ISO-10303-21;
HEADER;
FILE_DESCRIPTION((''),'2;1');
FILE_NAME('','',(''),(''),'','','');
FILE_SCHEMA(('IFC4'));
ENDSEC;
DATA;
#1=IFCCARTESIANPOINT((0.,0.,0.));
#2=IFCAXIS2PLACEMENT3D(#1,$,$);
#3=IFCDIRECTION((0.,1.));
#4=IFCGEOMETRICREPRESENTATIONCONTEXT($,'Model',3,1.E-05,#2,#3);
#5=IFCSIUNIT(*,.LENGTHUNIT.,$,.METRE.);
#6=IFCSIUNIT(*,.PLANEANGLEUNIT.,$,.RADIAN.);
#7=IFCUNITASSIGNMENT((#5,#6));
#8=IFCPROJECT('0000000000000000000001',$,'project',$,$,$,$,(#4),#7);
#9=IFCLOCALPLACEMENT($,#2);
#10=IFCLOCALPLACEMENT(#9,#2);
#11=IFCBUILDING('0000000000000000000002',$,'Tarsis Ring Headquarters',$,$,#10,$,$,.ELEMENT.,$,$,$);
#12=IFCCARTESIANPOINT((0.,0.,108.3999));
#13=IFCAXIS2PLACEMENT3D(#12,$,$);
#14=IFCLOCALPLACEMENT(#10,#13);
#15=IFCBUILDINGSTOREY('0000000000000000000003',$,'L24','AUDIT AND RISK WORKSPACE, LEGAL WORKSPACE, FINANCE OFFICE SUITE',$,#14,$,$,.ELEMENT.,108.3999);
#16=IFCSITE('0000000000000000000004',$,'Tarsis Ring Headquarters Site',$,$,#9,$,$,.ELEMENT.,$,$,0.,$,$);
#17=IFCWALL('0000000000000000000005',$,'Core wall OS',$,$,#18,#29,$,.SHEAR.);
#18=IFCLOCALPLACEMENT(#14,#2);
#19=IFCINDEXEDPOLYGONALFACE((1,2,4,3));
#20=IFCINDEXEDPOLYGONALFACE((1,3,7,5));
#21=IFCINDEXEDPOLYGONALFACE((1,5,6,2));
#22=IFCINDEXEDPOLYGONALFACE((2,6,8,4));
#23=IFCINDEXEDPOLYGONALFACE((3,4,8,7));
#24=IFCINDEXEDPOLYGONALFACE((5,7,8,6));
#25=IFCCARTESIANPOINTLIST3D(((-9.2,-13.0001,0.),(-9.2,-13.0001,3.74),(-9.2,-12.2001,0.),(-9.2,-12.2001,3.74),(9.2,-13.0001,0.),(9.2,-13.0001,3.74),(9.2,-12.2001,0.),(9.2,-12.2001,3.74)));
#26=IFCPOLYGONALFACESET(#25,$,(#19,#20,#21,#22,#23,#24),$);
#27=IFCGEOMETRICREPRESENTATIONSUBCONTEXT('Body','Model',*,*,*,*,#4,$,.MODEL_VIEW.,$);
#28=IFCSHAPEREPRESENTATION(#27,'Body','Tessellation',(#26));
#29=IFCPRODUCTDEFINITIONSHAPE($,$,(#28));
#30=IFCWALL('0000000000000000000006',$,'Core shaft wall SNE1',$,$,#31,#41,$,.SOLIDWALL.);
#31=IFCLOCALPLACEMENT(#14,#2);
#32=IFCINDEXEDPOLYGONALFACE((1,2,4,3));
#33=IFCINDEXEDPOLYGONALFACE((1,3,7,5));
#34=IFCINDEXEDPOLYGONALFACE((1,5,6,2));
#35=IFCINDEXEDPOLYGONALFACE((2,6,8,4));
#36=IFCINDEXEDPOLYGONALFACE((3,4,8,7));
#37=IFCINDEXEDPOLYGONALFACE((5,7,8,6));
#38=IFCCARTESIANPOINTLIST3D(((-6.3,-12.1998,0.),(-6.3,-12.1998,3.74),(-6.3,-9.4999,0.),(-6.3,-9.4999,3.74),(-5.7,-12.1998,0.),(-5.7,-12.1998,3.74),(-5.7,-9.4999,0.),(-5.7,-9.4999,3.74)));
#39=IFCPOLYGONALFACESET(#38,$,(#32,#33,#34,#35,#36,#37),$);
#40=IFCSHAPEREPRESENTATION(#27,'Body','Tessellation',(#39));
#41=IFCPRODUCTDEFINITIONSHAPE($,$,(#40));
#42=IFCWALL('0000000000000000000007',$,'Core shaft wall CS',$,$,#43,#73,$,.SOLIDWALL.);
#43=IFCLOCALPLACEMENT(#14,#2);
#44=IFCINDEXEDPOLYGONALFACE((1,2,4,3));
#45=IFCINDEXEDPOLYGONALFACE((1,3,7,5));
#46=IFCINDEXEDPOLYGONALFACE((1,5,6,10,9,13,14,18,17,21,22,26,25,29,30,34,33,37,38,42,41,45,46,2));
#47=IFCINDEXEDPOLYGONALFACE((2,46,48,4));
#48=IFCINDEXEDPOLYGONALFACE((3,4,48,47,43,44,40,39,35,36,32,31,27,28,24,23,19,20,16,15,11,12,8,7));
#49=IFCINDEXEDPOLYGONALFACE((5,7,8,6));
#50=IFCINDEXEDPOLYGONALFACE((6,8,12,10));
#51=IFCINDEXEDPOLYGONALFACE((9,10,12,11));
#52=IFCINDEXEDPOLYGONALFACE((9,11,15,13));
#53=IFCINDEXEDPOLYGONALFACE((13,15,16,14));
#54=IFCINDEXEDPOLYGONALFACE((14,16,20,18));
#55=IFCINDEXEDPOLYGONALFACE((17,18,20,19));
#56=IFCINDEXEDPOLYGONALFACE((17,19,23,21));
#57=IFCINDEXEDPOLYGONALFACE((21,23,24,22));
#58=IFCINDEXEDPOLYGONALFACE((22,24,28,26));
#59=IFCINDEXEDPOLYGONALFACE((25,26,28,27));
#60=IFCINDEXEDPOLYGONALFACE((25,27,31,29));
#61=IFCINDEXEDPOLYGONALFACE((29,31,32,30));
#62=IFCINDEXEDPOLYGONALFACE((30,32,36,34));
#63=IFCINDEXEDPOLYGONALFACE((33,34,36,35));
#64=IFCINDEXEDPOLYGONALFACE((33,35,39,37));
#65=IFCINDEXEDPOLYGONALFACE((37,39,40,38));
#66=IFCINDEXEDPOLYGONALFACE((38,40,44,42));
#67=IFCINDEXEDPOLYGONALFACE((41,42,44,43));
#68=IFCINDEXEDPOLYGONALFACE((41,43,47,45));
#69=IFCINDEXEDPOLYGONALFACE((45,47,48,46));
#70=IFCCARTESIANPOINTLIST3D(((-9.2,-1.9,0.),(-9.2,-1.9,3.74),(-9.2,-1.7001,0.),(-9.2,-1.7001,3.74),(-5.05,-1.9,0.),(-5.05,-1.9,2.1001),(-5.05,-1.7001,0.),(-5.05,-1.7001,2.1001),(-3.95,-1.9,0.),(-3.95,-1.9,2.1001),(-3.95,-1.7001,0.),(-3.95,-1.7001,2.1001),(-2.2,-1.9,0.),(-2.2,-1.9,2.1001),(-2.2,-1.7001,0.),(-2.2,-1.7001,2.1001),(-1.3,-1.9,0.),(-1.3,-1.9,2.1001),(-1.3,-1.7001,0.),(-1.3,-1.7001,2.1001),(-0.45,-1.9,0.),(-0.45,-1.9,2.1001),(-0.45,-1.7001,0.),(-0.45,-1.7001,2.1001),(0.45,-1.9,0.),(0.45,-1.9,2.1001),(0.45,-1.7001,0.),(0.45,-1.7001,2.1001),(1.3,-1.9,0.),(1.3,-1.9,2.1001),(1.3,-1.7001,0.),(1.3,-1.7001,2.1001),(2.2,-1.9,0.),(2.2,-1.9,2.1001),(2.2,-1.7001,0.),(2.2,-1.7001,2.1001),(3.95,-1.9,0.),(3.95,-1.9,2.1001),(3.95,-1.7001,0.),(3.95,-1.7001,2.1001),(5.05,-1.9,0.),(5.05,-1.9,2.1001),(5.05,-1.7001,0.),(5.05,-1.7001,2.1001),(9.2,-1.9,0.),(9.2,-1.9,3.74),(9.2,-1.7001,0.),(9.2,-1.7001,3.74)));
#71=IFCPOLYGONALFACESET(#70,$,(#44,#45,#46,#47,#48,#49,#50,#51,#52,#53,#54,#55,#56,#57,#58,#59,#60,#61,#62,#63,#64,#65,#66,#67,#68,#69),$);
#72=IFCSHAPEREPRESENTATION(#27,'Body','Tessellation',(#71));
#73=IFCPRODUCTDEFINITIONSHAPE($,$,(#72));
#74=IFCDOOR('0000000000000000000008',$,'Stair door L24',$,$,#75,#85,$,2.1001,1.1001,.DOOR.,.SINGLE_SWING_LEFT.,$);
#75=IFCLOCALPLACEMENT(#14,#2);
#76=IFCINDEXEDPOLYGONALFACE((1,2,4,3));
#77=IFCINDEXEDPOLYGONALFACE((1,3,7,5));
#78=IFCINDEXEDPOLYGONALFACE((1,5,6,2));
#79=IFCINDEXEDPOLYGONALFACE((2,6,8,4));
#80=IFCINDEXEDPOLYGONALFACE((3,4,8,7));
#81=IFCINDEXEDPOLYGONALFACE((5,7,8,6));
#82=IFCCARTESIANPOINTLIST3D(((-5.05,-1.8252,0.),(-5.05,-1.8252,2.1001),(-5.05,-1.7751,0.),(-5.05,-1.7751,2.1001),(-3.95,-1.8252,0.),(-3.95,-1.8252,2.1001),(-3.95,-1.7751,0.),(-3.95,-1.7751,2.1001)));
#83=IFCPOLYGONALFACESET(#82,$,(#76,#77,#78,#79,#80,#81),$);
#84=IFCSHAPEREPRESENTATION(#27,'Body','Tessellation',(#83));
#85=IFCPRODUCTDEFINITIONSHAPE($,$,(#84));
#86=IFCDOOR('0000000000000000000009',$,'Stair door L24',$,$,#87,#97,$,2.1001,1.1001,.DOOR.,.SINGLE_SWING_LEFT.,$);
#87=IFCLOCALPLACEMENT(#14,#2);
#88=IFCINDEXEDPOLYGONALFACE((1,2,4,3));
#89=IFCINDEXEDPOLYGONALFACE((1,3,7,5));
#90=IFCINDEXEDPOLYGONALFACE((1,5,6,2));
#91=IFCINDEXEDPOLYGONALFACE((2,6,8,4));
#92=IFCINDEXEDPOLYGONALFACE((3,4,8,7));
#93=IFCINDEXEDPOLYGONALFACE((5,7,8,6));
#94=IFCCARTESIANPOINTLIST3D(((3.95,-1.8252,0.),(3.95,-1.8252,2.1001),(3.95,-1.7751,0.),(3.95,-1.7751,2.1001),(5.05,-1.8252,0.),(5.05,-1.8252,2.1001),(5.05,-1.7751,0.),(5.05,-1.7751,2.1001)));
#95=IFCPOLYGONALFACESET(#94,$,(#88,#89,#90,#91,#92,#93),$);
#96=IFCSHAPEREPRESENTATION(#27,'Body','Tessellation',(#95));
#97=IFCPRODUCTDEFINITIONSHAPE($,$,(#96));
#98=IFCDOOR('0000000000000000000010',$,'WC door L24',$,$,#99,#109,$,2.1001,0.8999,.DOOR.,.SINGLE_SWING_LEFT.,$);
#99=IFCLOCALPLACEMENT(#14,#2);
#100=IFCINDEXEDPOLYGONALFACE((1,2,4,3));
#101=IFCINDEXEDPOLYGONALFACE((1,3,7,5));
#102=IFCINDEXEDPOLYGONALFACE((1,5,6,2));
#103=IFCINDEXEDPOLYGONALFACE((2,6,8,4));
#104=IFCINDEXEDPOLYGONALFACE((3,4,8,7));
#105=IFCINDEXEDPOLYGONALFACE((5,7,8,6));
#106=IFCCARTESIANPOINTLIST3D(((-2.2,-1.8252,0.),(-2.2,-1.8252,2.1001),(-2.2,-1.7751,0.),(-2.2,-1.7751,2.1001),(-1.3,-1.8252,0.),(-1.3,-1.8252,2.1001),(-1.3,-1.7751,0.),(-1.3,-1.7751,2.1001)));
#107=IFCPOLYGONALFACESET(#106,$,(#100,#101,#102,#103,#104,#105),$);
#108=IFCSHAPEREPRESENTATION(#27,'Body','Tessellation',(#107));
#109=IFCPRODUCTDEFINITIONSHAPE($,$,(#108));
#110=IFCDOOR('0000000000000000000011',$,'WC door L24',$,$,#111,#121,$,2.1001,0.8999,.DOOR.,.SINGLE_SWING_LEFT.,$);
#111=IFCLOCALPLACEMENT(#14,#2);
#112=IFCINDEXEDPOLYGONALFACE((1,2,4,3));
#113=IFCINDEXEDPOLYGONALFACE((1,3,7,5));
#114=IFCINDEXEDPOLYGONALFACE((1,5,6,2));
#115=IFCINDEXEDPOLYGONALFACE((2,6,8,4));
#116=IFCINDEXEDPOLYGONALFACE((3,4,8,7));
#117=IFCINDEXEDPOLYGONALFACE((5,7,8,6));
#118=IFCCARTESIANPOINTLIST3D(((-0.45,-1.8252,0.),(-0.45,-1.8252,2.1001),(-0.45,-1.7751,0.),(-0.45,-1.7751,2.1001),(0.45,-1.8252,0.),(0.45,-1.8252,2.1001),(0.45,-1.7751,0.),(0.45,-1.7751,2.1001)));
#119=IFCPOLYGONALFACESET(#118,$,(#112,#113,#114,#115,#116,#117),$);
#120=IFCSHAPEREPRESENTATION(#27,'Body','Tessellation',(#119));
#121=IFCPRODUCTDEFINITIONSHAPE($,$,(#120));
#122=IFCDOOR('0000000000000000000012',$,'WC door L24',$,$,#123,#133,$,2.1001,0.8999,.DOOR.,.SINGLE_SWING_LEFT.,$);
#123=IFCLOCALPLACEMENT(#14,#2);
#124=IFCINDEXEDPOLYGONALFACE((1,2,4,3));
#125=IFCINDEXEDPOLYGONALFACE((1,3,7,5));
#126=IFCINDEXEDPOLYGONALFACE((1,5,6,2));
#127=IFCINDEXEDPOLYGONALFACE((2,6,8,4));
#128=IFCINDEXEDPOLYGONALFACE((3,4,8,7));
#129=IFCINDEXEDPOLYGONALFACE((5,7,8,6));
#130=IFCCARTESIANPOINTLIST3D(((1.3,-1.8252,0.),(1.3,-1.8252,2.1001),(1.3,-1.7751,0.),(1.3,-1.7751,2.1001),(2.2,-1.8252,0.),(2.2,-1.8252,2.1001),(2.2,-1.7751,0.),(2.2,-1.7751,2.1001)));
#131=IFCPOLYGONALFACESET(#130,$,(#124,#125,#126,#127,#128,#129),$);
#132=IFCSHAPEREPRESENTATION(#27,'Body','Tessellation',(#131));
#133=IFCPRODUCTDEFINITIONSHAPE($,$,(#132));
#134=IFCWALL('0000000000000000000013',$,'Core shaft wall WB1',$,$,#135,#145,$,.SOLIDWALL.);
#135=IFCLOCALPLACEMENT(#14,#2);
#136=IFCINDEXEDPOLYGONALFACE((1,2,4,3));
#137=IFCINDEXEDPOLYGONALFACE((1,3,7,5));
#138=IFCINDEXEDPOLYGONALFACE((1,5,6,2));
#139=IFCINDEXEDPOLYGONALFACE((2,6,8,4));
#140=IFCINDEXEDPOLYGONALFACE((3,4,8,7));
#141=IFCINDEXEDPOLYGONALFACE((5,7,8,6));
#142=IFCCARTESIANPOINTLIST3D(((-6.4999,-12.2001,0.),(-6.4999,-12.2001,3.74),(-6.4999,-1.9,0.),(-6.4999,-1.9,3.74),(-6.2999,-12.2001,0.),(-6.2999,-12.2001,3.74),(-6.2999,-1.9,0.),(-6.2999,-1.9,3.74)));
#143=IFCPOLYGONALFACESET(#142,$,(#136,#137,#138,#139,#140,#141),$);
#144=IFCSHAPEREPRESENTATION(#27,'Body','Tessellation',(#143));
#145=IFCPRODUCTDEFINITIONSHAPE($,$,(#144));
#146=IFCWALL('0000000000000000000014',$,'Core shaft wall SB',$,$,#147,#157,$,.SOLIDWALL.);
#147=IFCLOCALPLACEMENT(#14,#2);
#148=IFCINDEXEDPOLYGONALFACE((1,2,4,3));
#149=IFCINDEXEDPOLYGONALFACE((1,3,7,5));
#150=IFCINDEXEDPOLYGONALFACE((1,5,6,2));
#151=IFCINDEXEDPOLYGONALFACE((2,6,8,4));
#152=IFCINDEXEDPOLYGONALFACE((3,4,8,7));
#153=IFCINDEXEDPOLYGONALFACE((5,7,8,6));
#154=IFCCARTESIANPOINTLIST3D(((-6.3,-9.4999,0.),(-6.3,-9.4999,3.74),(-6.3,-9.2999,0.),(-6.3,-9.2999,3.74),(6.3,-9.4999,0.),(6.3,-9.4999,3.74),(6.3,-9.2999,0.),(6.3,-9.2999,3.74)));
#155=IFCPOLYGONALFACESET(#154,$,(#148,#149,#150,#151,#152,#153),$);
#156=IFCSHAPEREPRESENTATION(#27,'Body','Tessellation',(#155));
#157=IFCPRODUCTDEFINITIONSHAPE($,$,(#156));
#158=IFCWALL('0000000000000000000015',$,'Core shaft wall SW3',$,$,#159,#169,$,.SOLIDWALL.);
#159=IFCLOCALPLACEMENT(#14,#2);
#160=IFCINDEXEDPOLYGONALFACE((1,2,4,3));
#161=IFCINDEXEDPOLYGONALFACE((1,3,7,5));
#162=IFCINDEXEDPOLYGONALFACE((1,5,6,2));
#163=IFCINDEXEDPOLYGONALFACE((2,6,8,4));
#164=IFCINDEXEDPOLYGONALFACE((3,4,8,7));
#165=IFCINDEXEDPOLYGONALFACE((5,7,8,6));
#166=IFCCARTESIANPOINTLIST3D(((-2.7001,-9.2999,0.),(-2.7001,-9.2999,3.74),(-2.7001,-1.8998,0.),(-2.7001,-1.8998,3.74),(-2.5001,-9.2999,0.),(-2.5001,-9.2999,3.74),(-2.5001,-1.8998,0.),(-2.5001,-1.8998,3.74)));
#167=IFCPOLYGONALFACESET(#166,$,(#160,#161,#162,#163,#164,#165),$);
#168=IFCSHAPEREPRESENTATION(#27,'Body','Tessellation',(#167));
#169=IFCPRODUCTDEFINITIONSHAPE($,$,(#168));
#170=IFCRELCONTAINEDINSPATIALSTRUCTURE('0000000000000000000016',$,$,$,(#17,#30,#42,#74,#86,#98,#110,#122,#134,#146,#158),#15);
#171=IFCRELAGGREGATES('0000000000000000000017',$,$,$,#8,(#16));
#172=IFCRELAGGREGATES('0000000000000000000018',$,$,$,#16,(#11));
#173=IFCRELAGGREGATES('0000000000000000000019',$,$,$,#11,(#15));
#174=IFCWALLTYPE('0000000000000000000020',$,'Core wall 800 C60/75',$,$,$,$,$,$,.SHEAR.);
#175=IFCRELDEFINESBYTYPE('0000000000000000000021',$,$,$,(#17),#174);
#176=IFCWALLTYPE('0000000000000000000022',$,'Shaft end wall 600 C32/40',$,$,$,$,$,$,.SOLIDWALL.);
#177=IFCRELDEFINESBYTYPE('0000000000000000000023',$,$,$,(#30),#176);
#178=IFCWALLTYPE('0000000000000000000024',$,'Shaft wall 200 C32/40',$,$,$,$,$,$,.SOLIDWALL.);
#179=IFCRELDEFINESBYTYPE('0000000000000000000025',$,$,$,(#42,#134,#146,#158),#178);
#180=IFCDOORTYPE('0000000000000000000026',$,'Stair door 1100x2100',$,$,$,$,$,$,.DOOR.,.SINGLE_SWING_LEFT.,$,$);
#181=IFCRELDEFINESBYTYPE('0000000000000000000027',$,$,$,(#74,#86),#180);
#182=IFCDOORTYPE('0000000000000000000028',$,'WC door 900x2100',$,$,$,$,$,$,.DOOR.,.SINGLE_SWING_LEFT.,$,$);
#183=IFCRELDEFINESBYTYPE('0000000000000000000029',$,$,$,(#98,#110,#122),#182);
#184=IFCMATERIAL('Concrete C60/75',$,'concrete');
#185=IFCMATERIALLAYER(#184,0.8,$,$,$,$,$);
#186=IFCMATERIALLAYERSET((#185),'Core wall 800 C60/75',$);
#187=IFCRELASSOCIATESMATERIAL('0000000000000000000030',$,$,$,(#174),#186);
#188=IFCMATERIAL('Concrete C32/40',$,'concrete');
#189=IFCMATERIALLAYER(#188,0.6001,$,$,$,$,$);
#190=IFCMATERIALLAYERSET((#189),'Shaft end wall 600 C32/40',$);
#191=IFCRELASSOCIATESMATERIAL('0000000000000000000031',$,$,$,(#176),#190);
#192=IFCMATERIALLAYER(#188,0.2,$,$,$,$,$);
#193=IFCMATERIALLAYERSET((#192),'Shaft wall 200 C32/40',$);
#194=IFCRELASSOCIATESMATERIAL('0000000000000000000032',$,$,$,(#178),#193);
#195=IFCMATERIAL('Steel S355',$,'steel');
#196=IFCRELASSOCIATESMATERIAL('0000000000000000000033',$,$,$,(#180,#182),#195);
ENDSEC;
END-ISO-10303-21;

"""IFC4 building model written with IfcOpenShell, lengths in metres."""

from ifc_helpers import new_model, si_unit, direction, frame, frame_2d, origin, place, context, subcontext, project, spatial, rectangle, extrude, material, layer, layer_set, type_object, element, fill, save


model = new_model("IFC4")

# Units and contexts
model_context = context("Model", 3, precision=1e-05, world=origin(), true_north=direction((0.0, 1.0)))
body_context = subcontext(model_context, "Body", "Model", "MODEL_VIEW")
ifc_project = project(units=[si_unit("LENGTHUNIT", "METRE"), si_unit("PLANEANGLEUNIT", "RADIAN")], contexts=[model_context])

# Site, building, storey
site_placement = place(None, origin())
site = spatial("IfcSite", under=ifc_project, at=site_placement, Name="Tarsis Ring Headquarters Site", CompositionType="ELEMENT", RefElevation=0.0)
building_placement = place(site_placement, origin())
building = spatial("IfcBuilding", under=site, at=building_placement, Name="Tarsis Ring Headquarters", CompositionType="ELEMENT")
storey_placement = place(building_placement, frame((0.0, 0.0, 108.3999)))
storey = spatial("IfcBuildingStorey", under=building, at=storey_placement, Name="L24", Description="AUDIT AND RISK WORKSPACE, LEGAL WORKSPACE, FINANCE OFFICE SUITE", CompositionType="ELEMENT", Elevation=108.3999)

# Walls
ifc_material_1 = material(Name="Concrete C60/75", Category="concrete")
ifc_layer_1 = layer(ifc_material_1, 0.8)
ifc_layer_set_1 = layer_set([ifc_layer_1], Name="Core wall 800 C60/75")
wall_type_1 = type_object("IfcWallType", Name="Core wall 800 C60/75", PredefinedType="SHEAR", material=ifc_layer_set_1)
wall_1_placement = place(storey_placement, frame((-9.2, -12.6001, 0.0), z_axis=(0.0, 0.0, 1.0), x_axis=(1.0, 0.0, 0.0)))
element("IfcWall", 1, at=wall_1_placement, inside=storey, type_object=wall_type_1, Name="Core wall OS", PredefinedType="SHEAR", context=body_context, shape_type="SweptSolid", body=[
    extrude(rectangle(XDim=18.3999, YDim=0.8, at=frame_2d((9.2, 0.0))), origin(), (0.0, 0.0, 1.0), 3.74),
])
ifc_material_2 = material(Name="Concrete C32/40", Category="concrete")
ifc_layer_2 = layer(ifc_material_2, 0.6001)
ifc_layer_set_2 = layer_set([ifc_layer_2], Name="Shaft end wall 600 C32/40")
wall_type_2 = type_object("IfcWallType", Name="Shaft end wall 600 C32/40", PredefinedType="SOLIDWALL", material=ifc_layer_set_2)
wall_2_placement = place(storey_placement, frame((-6.0, -12.2, 0.0), z_axis=(0.0, 0.0, 1.0), x_axis=(0.0, 1.0, 0.0)))
element("IfcWall", 2, at=wall_2_placement, inside=storey, type_object=wall_type_2, Name="Core shaft wall SNE1", PredefinedType="SOLIDWALL", context=body_context, shape_type="SweptSolid", body=[
    extrude(rectangle(XDim=2.7, YDim=0.6001, at=frame_2d((1.3501, 0.0))), origin(), (0.0, 0.0, 1.0), 3.74),
])

# Wall, openings, doors
ifc_layer_3 = layer(ifc_material_2, 0.2)
ifc_layer_set_3 = layer_set([ifc_layer_3], Name="Shaft wall 200 C32/40")
wall_type_3 = type_object("IfcWallType", Name="Shaft wall 200 C32/40", PredefinedType="SOLIDWALL", material=ifc_layer_set_3)
wall_3_placement = place(storey_placement, frame((-9.2, -1.8, 0.0), z_axis=(0.0, 0.0, 1.0), x_axis=(1.0, 0.0, 0.0)))
wall_3 = element("IfcWall", 3, at=wall_3_placement, inside=storey, type_object=wall_type_3, Name="Core shaft wall CS", PredefinedType="SOLIDWALL", context=body_context, shape_type="SweptSolid", body=[
    extrude(rectangle(XDim=18.3999, YDim=0.2, at=frame_2d((9.2, 0.0))), origin(), (0.0, 0.0, 1.0), 3.74),
])
opening_1_placement = place(wall_3_placement, frame((4.1499, 0.0, 0.0)))
opening_1 = element("IfcOpeningElement", 4, at=opening_1_placement, cuts=wall_3, PredefinedType="OPENING", context=body_context, shape_type="SweptSolid", body=[
    extrude(rectangle(XDim=1.1001, YDim=2.1001, at=frame_2d((0.55, 1.05))), frame((0.0, 0.1099, 0.0), z_axis=(0.0, -1.0, 0.0), x_axis=(1.0, 0.0, 0.0)), (0.0, 0.0, 1.0), 0.22),
])
opening_2_placement = place(wall_3_placement, frame((7.0, 0.0, 0.0)))
opening_2 = element("IfcOpeningElement", 5, at=opening_2_placement, cuts=wall_3, PredefinedType="OPENING", context=body_context, shape_type="SweptSolid", body=[
    extrude(rectangle(XDim=0.8999, YDim=2.1001, at=frame_2d((0.45, 1.05))), frame((0.0, 0.1099, 0.0), z_axis=(0.0, -1.0, 0.0), x_axis=(1.0, 0.0, 0.0)), (0.0, 0.0, 1.0), 0.22),
])
opening_3_placement = place(wall_3_placement, frame((8.75, 0.0, 0.0)))
opening_3 = element("IfcOpeningElement", 6, at=opening_3_placement, cuts=wall_3, PredefinedType="OPENING", context=body_context, shape_type="SweptSolid", body=[
    extrude(rectangle(XDim=0.8999, YDim=2.1001, at=frame_2d((0.45, 1.05))), frame((0.0, 0.1099, 0.0), z_axis=(0.0, -1.0, 0.0), x_axis=(1.0, 0.0, 0.0)), (0.0, 0.0, 1.0), 0.22),
])
opening_4_placement = place(wall_3_placement, frame((10.5, 0.0, 0.0)))
opening_4 = element("IfcOpeningElement", 7, at=opening_4_placement, cuts=wall_3, PredefinedType="OPENING", context=body_context, shape_type="SweptSolid", body=[
    extrude(rectangle(XDim=0.8999, YDim=2.1001, at=frame_2d((0.45, 1.05))), frame((0.0, 0.1099, 0.0), z_axis=(0.0, -1.0, 0.0), x_axis=(1.0, 0.0, 0.0)), (0.0, 0.0, 1.0), 0.22),
])
opening_5_placement = place(wall_3_placement, frame((13.1499, 0.0, 0.0)))
opening_5 = element("IfcOpeningElement", 8, at=opening_5_placement, cuts=wall_3, PredefinedType="OPENING", context=body_context, shape_type="SweptSolid", body=[
    extrude(rectangle(XDim=1.1001, YDim=2.1001, at=frame_2d((0.55, 1.05))), frame((0.0, 0.1099, 0.0), z_axis=(0.0, -1.0, 0.0), x_axis=(1.0, 0.0, 0.0)), (0.0, 0.0, 1.0), 0.22),
])
ifc_material_3 = material(Name="Steel S355", Category="steel")
door_type_1 = type_object("IfcDoorType", Name="Stair door 1100x2100", OperationType="SINGLE_SWING_LEFT", PredefinedType="DOOR", material=ifc_material_3)
door_1_placement = place(opening_1_placement, origin())
door_1 = element("IfcDoor", 9, at=door_1_placement, inside=storey, type_object=door_type_1, Name="Stair door L24", OperationType="SINGLE_SWING_LEFT", OverallHeight=2.1001, OverallWidth=1.1001, PredefinedType="DOOR", context=body_context, shape_type="SweptSolid", body=[
    extrude(rectangle(XDim=1.1001, YDim=2.1001, at=frame_2d((0.55, 1.05))), frame((0.0, 0.0249, 0.0), z_axis=(0.0, -1.0, 0.0), x_axis=(1.0, 0.0, 0.0)), (0.0, 0.0, 1.0), 0.05),
])
fill(opening_1, door_1)
door_2_placement = place(opening_5_placement, origin())
door_2 = element("IfcDoor", 10, at=door_2_placement, inside=storey, type_object=door_type_1, Name="Stair door L24", OperationType="SINGLE_SWING_LEFT", OverallHeight=2.1001, OverallWidth=1.1001, PredefinedType="DOOR", context=body_context, shape_type="SweptSolid", body=[
    extrude(rectangle(XDim=1.1001, YDim=2.1001, at=frame_2d((0.55, 1.05))), frame((0.0, 0.0249, 0.0), z_axis=(0.0, -1.0, 0.0), x_axis=(1.0, 0.0, 0.0)), (0.0, 0.0, 1.0), 0.05),
])
fill(opening_5, door_2)
door_type_2 = type_object("IfcDoorType", Name="WC door 900x2100", OperationType="SINGLE_SWING_LEFT", PredefinedType="DOOR", material=ifc_material_3)
door_3_placement = place(opening_2_placement, origin())
door_3 = element("IfcDoor", 11, at=door_3_placement, inside=storey, type_object=door_type_2, Name="WC door L24", OperationType="SINGLE_SWING_LEFT", OverallHeight=2.1001, OverallWidth=0.8999, PredefinedType="DOOR", context=body_context, shape_type="SweptSolid", body=[
    extrude(rectangle(XDim=0.8999, YDim=2.1001, at=frame_2d((0.45, 1.05))), frame((0.0, 0.0249, 0.0), z_axis=(0.0, -1.0, 0.0), x_axis=(1.0, 0.0, 0.0)), (0.0, 0.0, 1.0), 0.05),
])
fill(opening_2, door_3)
door_4_placement = place(opening_3_placement, origin())
door_4 = element("IfcDoor", 12, at=door_4_placement, inside=storey, type_object=door_type_2, Name="WC door L24", OperationType="SINGLE_SWING_LEFT", OverallHeight=2.1001, OverallWidth=0.8999, PredefinedType="DOOR", context=body_context, shape_type="SweptSolid", body=[
    extrude(rectangle(XDim=0.8999, YDim=2.1001, at=frame_2d((0.45, 1.05))), frame((0.0, 0.0249, 0.0), z_axis=(0.0, -1.0, 0.0), x_axis=(1.0, 0.0, 0.0)), (0.0, 0.0, 1.0), 0.05),
])
fill(opening_3, door_4)
door_5_placement = place(opening_4_placement, origin())
door_5 = element("IfcDoor", 13, at=door_5_placement, inside=storey, type_object=door_type_2, Name="WC door L24", OperationType="SINGLE_SWING_LEFT", OverallHeight=2.1001, OverallWidth=0.8999, PredefinedType="DOOR", context=body_context, shape_type="SweptSolid", body=[
    extrude(rectangle(XDim=0.8999, YDim=2.1001, at=frame_2d((0.45, 1.05))), frame((0.0, 0.0249, 0.0), z_axis=(0.0, -1.0, 0.0), x_axis=(1.0, 0.0, 0.0)), (0.0, 0.0, 1.0), 0.05),
])
fill(opening_4, door_5)

# Walls
wall_4_placement = place(storey_placement, frame((-6.3999, -12.2, 0.0), z_axis=(0.0, 0.0, 1.0), x_axis=(0.0, 1.0, 0.0)))
element("IfcWall", 14, at=wall_4_placement, inside=storey, type_object=wall_type_3, Name="Core shaft wall WB1", PredefinedType="SOLIDWALL", context=body_context, shape_type="SweptSolid", body=[
    extrude(rectangle(XDim=10.3, YDim=0.2, at=frame_2d((5.1499, 0.0))), origin(), (0.0, 0.0, 1.0), 3.74),
])
wall_5_placement = place(storey_placement, frame((-6.3, -9.3999, 0.0), z_axis=(0.0, 0.0, 1.0), x_axis=(1.0, 0.0, 0.0)))
element("IfcWall", 15, at=wall_5_placement, inside=storey, type_object=wall_type_3, Name="Core shaft wall SB", PredefinedType="SOLIDWALL", context=body_context, shape_type="SweptSolid", body=[
    extrude(rectangle(XDim=12.6001, YDim=0.2, at=frame_2d((6.3, 0.0))), origin(), (0.0, 0.0, 1.0), 3.74),
])
wall_6_placement = place(storey_placement, frame((-2.6001, -9.3, 0.0), z_axis=(0.0, 0.0, 1.0), x_axis=(0.0, 1.0, 0.0)))
element("IfcWall", 16, at=wall_6_placement, inside=storey, type_object=wall_type_3, Name="Core shaft wall SW3", PredefinedType="SOLIDWALL", context=body_context, shape_type="SweptSolid", body=[
    extrude(rectangle(XDim=7.4001, YDim=0.2, at=frame_2d((3.7002, 0.0))), origin(), (0.0, 0.0, 1.0), 3.74),
])

save(model, "model.ifc")
